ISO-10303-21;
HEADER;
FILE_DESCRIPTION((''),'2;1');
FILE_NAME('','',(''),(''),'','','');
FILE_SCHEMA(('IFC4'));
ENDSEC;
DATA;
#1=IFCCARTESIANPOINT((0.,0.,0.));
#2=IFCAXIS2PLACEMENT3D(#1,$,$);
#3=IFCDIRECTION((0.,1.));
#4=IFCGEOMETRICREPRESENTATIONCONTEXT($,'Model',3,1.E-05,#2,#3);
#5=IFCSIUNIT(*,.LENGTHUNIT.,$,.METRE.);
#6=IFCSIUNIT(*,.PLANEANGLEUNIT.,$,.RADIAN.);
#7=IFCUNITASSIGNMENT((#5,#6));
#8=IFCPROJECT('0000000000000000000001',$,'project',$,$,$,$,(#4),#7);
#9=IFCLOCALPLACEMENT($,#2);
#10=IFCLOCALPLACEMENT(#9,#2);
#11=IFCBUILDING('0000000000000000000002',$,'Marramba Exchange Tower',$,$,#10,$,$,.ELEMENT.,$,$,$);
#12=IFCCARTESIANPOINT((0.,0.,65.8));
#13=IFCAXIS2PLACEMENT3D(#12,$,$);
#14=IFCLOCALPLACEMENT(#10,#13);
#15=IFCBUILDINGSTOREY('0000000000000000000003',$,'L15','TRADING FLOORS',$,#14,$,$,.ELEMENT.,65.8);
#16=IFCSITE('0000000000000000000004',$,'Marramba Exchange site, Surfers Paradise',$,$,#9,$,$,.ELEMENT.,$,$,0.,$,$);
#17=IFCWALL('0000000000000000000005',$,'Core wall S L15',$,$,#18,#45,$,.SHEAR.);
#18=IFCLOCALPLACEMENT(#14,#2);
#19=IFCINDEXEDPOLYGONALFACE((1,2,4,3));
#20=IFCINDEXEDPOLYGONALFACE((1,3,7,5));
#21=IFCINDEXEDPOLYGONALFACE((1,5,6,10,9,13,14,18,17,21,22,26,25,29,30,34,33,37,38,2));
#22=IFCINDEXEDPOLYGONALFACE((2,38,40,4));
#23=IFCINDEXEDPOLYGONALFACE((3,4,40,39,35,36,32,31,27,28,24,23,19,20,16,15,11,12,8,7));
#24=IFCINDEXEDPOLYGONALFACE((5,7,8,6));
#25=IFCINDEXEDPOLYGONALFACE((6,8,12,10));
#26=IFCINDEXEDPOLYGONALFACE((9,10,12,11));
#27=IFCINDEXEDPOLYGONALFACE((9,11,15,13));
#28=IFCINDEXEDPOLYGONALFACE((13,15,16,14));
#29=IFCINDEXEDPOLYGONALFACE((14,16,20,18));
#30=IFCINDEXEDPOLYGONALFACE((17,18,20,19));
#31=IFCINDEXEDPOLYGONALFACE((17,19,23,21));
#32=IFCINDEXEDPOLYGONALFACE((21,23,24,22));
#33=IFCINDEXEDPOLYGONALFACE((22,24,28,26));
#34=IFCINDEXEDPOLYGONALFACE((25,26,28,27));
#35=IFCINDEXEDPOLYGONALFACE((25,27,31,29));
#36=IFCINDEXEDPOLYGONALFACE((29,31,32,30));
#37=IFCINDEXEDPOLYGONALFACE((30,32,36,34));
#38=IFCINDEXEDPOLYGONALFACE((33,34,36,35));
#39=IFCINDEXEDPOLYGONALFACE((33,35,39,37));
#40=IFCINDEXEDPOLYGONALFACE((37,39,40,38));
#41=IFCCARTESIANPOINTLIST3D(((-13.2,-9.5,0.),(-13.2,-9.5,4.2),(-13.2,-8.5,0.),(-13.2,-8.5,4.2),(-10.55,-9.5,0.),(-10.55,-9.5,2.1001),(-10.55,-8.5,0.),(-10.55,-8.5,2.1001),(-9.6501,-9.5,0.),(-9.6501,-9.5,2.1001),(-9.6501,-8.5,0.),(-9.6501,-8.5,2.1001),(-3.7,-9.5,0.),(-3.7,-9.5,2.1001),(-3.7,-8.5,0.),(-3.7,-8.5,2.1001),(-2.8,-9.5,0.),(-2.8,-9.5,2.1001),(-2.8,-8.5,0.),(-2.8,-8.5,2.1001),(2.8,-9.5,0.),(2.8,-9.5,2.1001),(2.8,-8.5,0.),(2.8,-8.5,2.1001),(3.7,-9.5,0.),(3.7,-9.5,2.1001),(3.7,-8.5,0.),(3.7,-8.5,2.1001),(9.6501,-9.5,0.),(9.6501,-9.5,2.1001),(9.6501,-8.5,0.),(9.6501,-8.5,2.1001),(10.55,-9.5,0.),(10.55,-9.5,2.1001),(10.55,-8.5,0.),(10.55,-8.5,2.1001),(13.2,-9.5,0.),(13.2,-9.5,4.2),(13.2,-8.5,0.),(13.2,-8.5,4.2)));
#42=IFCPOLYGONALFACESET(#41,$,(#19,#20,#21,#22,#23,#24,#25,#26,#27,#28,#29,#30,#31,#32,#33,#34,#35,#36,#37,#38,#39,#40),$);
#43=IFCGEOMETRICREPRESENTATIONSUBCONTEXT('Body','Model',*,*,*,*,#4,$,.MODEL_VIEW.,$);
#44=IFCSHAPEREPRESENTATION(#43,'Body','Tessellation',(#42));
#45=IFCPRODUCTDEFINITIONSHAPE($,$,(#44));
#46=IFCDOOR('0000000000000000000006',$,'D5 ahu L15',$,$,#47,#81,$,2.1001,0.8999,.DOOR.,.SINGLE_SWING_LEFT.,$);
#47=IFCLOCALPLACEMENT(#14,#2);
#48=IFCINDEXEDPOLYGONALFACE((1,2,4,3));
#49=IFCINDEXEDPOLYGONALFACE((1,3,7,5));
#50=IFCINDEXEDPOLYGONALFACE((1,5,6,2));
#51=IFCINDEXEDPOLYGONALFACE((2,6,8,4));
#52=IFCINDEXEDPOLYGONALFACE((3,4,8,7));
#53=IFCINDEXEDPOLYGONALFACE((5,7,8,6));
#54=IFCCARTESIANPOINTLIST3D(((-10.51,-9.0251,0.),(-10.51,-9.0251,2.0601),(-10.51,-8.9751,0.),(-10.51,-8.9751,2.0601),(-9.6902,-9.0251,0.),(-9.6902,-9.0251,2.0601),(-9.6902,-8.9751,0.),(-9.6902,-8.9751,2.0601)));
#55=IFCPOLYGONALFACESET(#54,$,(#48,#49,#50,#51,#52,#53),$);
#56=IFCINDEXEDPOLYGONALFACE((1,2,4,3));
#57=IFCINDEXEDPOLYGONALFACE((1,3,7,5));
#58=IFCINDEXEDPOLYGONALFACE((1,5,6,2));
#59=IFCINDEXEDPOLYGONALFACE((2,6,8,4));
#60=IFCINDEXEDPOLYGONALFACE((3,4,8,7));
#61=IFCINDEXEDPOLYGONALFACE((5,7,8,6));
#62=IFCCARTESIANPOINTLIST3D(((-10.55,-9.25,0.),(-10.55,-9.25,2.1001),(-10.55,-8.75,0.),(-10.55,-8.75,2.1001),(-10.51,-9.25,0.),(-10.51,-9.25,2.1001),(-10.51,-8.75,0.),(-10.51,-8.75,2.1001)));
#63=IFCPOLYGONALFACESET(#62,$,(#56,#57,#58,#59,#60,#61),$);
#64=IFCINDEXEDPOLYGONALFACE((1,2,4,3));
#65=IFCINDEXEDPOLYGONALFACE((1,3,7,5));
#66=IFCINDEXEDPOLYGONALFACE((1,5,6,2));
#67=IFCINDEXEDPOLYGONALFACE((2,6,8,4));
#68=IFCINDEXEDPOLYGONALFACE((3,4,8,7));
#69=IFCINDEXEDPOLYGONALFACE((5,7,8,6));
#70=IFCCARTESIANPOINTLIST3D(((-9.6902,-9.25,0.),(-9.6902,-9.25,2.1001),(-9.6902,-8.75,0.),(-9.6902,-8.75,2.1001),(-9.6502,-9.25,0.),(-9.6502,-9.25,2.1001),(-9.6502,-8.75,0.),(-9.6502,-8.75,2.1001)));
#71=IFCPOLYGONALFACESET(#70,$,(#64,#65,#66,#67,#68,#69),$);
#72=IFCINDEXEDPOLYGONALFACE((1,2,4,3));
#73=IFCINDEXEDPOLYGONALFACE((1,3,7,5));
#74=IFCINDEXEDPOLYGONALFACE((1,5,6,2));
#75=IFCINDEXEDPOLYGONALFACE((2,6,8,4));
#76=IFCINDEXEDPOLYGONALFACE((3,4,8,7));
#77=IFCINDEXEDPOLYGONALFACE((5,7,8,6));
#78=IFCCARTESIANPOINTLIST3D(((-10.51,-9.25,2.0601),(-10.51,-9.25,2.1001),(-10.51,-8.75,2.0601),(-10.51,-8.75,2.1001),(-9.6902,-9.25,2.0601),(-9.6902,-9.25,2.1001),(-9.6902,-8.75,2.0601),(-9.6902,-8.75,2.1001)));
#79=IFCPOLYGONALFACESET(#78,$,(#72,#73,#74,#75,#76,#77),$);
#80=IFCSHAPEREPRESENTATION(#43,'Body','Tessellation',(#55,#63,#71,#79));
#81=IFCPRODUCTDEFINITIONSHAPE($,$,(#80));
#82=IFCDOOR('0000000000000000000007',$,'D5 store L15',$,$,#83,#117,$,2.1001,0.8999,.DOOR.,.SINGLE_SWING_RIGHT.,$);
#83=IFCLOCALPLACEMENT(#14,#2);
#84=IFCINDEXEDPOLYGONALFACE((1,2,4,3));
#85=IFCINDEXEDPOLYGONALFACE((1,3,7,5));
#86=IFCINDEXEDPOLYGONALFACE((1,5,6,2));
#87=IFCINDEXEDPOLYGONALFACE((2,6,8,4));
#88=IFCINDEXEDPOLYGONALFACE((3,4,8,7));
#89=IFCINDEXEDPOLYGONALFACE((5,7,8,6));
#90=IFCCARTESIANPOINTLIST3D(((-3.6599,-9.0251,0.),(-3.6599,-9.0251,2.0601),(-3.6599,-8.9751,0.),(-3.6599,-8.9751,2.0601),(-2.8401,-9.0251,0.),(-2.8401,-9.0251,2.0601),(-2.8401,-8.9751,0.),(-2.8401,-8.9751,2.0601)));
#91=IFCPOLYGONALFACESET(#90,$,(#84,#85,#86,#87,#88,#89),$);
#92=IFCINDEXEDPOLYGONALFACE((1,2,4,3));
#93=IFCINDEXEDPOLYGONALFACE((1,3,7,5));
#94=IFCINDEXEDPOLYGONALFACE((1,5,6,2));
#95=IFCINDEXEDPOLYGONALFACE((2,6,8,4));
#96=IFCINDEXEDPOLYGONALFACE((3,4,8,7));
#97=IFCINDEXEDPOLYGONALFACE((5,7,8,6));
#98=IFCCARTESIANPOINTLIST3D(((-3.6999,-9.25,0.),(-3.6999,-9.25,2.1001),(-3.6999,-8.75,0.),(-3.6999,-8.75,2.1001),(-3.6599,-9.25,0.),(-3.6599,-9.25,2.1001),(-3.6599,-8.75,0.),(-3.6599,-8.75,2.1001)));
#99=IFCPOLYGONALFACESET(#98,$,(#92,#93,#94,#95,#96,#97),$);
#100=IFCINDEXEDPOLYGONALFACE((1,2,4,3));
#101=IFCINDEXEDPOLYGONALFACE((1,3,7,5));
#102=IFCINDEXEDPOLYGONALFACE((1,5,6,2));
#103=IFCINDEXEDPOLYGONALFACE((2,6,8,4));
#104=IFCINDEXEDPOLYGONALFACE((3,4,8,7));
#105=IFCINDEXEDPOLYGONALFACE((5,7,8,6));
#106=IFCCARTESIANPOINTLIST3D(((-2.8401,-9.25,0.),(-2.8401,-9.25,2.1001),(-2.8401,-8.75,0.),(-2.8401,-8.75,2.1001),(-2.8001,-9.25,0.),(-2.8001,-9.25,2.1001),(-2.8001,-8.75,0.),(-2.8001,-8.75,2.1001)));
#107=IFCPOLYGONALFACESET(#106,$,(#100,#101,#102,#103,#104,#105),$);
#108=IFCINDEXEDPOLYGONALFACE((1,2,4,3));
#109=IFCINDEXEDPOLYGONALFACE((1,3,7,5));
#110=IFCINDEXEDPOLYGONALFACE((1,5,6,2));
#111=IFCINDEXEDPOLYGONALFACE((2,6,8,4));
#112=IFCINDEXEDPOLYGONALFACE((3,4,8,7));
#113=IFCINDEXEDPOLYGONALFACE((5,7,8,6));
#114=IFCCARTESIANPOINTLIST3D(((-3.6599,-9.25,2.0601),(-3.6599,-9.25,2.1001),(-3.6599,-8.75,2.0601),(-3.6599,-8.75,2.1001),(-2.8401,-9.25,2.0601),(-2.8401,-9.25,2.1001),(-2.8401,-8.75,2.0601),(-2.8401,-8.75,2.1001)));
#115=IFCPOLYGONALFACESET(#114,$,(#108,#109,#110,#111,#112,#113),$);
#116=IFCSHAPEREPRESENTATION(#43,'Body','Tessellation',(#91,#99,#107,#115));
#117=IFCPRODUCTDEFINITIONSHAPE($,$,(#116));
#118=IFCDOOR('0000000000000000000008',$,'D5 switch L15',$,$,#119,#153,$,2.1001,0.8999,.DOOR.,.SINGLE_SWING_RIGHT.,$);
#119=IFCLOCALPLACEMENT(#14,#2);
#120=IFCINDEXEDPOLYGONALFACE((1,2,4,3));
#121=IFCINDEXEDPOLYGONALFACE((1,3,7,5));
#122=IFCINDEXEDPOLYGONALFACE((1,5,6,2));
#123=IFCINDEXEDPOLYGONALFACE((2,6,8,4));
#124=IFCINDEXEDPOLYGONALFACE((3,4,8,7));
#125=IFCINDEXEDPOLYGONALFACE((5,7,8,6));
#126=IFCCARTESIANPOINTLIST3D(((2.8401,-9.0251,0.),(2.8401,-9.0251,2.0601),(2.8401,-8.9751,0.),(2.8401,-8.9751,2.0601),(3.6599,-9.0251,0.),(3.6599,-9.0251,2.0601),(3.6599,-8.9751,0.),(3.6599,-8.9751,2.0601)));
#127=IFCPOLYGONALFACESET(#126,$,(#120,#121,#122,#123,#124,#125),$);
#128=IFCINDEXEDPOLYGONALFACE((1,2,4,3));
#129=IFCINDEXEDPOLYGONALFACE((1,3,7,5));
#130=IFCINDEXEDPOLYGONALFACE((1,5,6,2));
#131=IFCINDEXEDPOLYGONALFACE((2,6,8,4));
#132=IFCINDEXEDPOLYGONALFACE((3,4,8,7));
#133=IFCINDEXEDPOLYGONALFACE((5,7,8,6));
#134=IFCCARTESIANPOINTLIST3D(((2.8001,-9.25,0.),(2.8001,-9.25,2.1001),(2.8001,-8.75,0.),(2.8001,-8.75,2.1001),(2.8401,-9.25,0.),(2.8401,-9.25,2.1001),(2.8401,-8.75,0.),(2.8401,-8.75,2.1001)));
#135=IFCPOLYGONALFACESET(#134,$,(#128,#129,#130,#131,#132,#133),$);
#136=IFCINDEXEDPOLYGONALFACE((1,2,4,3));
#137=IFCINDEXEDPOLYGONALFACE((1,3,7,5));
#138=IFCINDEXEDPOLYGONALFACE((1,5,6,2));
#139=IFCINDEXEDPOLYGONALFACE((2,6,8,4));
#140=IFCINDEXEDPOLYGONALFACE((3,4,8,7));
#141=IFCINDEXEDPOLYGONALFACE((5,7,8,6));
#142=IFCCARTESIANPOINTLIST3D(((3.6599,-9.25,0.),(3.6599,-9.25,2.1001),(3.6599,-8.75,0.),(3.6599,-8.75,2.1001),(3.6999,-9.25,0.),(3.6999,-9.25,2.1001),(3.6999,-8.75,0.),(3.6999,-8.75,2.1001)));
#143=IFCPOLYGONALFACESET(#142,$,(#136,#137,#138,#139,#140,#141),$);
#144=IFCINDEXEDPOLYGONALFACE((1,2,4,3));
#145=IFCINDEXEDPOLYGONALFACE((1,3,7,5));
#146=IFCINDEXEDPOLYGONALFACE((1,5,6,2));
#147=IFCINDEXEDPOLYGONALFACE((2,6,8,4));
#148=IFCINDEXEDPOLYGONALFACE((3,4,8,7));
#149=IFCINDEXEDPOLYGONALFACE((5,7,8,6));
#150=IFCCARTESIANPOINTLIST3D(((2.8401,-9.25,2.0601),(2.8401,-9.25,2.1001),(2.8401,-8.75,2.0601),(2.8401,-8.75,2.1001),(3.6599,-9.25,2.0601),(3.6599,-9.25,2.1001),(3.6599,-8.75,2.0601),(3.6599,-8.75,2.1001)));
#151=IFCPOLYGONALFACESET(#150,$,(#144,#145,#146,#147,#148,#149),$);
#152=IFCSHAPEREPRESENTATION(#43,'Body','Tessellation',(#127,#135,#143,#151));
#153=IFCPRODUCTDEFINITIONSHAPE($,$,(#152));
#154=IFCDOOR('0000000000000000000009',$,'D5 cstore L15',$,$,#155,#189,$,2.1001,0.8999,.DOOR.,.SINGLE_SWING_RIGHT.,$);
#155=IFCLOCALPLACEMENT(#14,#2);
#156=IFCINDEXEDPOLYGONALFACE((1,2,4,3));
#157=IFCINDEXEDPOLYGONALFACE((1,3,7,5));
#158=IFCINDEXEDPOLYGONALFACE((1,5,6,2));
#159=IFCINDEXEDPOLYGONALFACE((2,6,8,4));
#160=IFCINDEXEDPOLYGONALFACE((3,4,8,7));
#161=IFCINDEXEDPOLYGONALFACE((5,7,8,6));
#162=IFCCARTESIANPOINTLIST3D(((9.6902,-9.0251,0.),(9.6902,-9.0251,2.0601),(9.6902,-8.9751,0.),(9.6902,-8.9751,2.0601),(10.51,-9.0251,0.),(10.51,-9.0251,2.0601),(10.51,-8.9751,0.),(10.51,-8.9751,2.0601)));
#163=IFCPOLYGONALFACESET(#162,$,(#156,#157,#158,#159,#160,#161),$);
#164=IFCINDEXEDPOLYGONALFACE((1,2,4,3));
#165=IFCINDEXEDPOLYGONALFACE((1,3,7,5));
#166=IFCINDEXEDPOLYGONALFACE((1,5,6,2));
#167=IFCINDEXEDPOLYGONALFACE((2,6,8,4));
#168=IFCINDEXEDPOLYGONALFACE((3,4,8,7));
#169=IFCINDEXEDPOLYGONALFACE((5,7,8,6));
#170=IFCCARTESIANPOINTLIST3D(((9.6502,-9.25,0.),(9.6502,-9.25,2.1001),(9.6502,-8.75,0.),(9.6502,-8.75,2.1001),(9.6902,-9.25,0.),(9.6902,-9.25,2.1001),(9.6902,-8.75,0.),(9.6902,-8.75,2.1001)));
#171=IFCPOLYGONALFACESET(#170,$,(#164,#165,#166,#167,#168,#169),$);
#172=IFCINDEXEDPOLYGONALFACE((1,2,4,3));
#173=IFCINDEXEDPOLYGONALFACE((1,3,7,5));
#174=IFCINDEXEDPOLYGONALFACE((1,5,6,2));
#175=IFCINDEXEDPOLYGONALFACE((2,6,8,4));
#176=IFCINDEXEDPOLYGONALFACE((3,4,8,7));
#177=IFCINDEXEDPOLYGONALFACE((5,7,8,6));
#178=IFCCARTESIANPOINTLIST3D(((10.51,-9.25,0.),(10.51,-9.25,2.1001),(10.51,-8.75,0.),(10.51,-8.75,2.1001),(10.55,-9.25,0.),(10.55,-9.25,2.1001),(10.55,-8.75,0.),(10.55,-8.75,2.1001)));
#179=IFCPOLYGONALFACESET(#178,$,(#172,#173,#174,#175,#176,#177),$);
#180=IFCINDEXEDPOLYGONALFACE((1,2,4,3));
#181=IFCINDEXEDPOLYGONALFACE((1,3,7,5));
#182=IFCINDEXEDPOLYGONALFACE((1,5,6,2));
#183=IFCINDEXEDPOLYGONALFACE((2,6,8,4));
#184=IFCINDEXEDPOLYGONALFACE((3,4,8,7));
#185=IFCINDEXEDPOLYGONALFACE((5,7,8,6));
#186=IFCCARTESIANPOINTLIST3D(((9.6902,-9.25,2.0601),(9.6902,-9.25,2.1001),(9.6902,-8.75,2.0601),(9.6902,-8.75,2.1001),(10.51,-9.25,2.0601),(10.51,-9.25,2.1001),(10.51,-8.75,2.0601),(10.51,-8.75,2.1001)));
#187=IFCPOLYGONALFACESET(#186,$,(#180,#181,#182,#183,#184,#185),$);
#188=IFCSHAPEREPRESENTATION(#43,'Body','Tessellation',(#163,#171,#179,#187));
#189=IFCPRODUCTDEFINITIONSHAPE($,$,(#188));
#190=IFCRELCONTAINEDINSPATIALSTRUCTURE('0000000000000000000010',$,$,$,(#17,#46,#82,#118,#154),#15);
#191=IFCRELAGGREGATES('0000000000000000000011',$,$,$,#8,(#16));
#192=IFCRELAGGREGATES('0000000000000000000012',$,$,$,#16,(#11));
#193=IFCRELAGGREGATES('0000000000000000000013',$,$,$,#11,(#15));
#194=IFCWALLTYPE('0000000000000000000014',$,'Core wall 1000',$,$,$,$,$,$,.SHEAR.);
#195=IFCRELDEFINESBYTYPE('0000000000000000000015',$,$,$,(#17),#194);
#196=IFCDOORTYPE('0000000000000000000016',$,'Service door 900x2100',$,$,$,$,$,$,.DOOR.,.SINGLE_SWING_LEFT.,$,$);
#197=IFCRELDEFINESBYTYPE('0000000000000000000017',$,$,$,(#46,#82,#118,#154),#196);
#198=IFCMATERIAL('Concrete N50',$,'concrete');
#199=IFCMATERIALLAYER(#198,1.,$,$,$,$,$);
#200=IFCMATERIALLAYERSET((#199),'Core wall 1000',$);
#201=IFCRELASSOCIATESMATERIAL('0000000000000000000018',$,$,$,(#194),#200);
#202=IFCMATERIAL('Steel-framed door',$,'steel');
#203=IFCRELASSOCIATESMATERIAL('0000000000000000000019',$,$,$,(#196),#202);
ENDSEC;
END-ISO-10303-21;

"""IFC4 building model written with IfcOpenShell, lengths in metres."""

from ifc_helpers import new_model, si_unit, direction, frame, frame_2d, origin, place, context, subcontext, project, spatial, rectangle, extrude, material, layer, layer_set, type_object, element, fill, save


model = new_model("IFC4")

# Units and contexts
model_context = context("Model", 3, precision=1e-05, world=origin(), true_north=direction((0.0, 1.0)))
body_context = subcontext(model_context, "Body", "Model", "MODEL_VIEW")
ifc_project = project(units=[si_unit("LENGTHUNIT", "METRE"), si_unit("PLANEANGLEUNIT", "RADIAN")], contexts=[model_context])

# Site, building, storey
site_placement = place(None, origin())
site = spatial("IfcSite", under=ifc_project, at=site_placement, Name="Marramba Exchange site, Surfers Paradise", CompositionType="ELEMENT", RefElevation=0.0)
building_placement = place(site_placement, origin())
building = spatial("IfcBuilding", under=site, at=building_placement, Name="Marramba Exchange Tower", CompositionType="ELEMENT")
storey_placement = place(building_placement, frame((0.0, 0.0, 65.8)))
storey = spatial("IfcBuildingStorey", under=building, at=storey_placement, Name="L15", Description="TRADING FLOORS", CompositionType="ELEMENT", Elevation=65.8)

# Wall, openings, doors
ifc_material_1 = material(Name="Concrete N50", Category="concrete")
ifc_layer_1 = layer(ifc_material_1, 1.0)
ifc_layer_set_1 = layer_set([ifc_layer_1], Name="Core wall 1000")
wall_type_1 = type_object("IfcWallType", Name="Core wall 1000", PredefinedType="SHEAR", material=ifc_layer_set_1)
wall_1_placement = place(storey_placement, frame((-13.2, -9.0, 0.0), z_axis=(0.0, 0.0, 1.0), x_axis=(1.0, 0.0, 0.0)))
wall_1 = element("IfcWall", 1, at=wall_1_placement, inside=storey, type_object=wall_type_1, Name="Core wall S L15", PredefinedType="SHEAR", context=body_context, shape_type="SweptSolid", body=[
    extrude(rectangle(XDim=26.3999, YDim=1.0, at=frame_2d((13.2, 0.0))), origin(), (0.0, 0.0, 1.0), 4.2),
])
opening_1_placement = place(wall_1_placement, frame((2.6499, 0.0, 0.0)))
opening_1 = element("IfcOpeningElement", 2, at=opening_1_placement, cuts=wall_1, PredefinedType="OPENING", context=body_context, shape_type="SweptSolid", body=[
    extrude(rectangle(XDim=0.8999, YDim=2.1001, at=frame_2d((0.45, 1.05))), frame((0.0, 0.51, 0.0), z_axis=(0.0, -1.0, 0.0), x_axis=(1.0, 0.0, 0.0)), (0.0, 0.0, 1.0), 1.02),
])
opening_2_placement = place(wall_1_placement, frame((9.5, 0.0, 0.0)))
opening_2 = element("IfcOpeningElement", 3, at=opening_2_placement, cuts=wall_1, PredefinedType="OPENING", context=body_context, shape_type="SweptSolid", body=[
    extrude(rectangle(XDim=0.8999, YDim=2.1001, at=frame_2d((0.45, 1.05))), frame((0.0, 0.51, 0.0), z_axis=(0.0, -1.0, 0.0), x_axis=(1.0, 0.0, 0.0)), (0.0, 0.0, 1.0), 1.02),
])
opening_3_placement = place(wall_1_placement, frame((16.0, 0.0, 0.0)))
opening_3 = element("IfcOpeningElement", 4, at=opening_3_placement, cuts=wall_1, PredefinedType="OPENING", context=body_context, shape_type="SweptSolid", body=[
    extrude(rectangle(XDim=0.8999, YDim=2.1001, at=frame_2d((0.45, 1.05))), frame((0.0, 0.51, 0.0), z_axis=(0.0, -1.0, 0.0), x_axis=(1.0, 0.0, 0.0)), (0.0, 0.0, 1.0), 1.02),
])
opening_4_placement = place(wall_1_placement, frame((22.8501, 0.0, 0.0)))
opening_4 = element("IfcOpeningElement", 5, at=opening_4_placement, cuts=wall_1, PredefinedType="OPENING", context=body_context, shape_type="SweptSolid", body=[
    extrude(rectangle(XDim=0.8999, YDim=2.1001, at=frame_2d((0.45, 1.05))), frame((0.0, 0.51, 0.0), z_axis=(0.0, -1.0, 0.0), x_axis=(1.0, 0.0, 0.0)), (0.0, 0.0, 1.0), 1.02),
])
ifc_material_2 = material(Name="Steel-framed door", Category="steel")
door_type_1 = type_object("IfcDoorType", Name="Service door 900x2100", OperationType="SINGLE_SWING_LEFT", PredefinedType="DOOR", material=ifc_material_2)
door_1_placement = place(opening_1_placement, origin())
door_1 = element("IfcDoor", 6, at=door_1_placement, inside=storey, type_object=door_type_1, Name="D5 ahu L15", OperationType="SINGLE_SWING_LEFT", OverallHeight=2.1001, OverallWidth=0.8999, PredefinedType="DOOR", context=body_context, shape_type="SweptSolid", body=[
    extrude(rectangle(XDim=0.8198, YDim=2.0601, at=frame_2d((0.45, 1.03))), frame((0.0, 0.0249, 0.0), z_axis=(0.0, -1.0, 0.0), x_axis=(1.0, 0.0, 0.0)), (0.0, 0.0, 1.0), 0.05),
    extrude(rectangle(XDim=0.04, YDim=2.1001, at=frame_2d((0.02, 1.05))), frame((0.0, 0.25, 0.0), z_axis=(0.0, -1.0, 0.0), x_axis=(1.0, 0.0, 0.0)), (0.0, 0.0, 1.0), 0.5),
    extrude(rectangle(XDim=0.04, YDim=2.1001, at=frame_2d((0.8799, 1.05))), frame((0.0, 0.25, 0.0), z_axis=(0.0, -1.0, 0.0), x_axis=(1.0, 0.0, 0.0)), (0.0, 0.0, 1.0), 0.5),
    extrude(rectangle(XDim=0.8198, YDim=0.04, at=frame_2d((0.45, 2.0801))), frame((0.0, 0.25, 0.0), z_axis=(0.0, -1.0, 0.0), x_axis=(1.0, 0.0, 0.0)), (0.0, 0.0, 1.0), 0.5),
])
fill(opening_1, door_1)
door_2_placement = place(opening_2_placement, origin())
door_2 = element("IfcDoor", 7, at=door_2_placement, inside=storey, type_object=door_type_1, Name="D5 store L15", OperationType="SINGLE_SWING_RIGHT", OverallHeight=2.1001, OverallWidth=0.8999, PredefinedType="DOOR", context=body_context, shape_type="SweptSolid", body=[
    extrude(rectangle(XDim=0.8198, YDim=2.0601, at=frame_2d((0.45, 1.03))), frame((0.0, 0.0249, 0.0), z_axis=(0.0, -1.0, 0.0), x_axis=(1.0, 0.0, 0.0)), (0.0, 0.0, 1.0), 0.05),
    extrude(rectangle(XDim=0.04, YDim=2.1001, at=frame_2d((0.02, 1.05))), frame((0.0, 0.25, 0.0), z_axis=(0.0, -1.0, 0.0), x_axis=(1.0, 0.0, 0.0)), (0.0, 0.0, 1.0), 0.5),
    extrude(rectangle(XDim=0.04, YDim=2.1001, at=frame_2d((0.8799, 1.05))), frame((0.0, 0.25, 0.0), z_axis=(0.0, -1.0, 0.0), x_axis=(1.0, 0.0, 0.0)), (0.0, 0.0, 1.0), 0.5),
    extrude(rectangle(XDim=0.8198, YDim=0.04, at=frame_2d((0.45, 2.0801))), frame((0.0, 0.25, 0.0), z_axis=(0.0, -1.0, 0.0), x_axis=(1.0, 0.0, 0.0)), (0.0, 0.0, 1.0), 0.5),
])
fill(opening_2, door_2)
door_3_placement = place(opening_3_placement, origin())
door_3 = element("IfcDoor", 8, at=door_3_placement, inside=storey, type_object=door_type_1, Name="D5 switch L15", OperationType="SINGLE_SWING_RIGHT", OverallHeight=2.1001, OverallWidth=0.8999, PredefinedType="DOOR", context=body_context, shape_type="SweptSolid", body=[
    extrude(rectangle(XDim=0.8198, YDim=2.0601, at=frame_2d((0.45, 1.03))), frame((0.0, 0.0249, 0.0), z_axis=(0.0, -1.0, 0.0), x_axis=(1.0, 0.0, 0.0)), (0.0, 0.0, 1.0), 0.05),
    extrude(rectangle(XDim=0.04, YDim=2.1001, at=frame_2d((0.02, 1.05))), frame((0.0, 0.25, 0.0), z_axis=(0.0, -1.0, 0.0), x_axis=(1.0, 0.0, 0.0)), (0.0, 0.0, 1.0), 0.5),
    extrude(rectangle(XDim=0.04, YDim=2.1001, at=frame_2d((0.8799, 1.05))), frame((0.0, 0.25, 0.0), z_axis=(0.0, -1.0, 0.0), x_axis=(1.0, 0.0, 0.0)), (0.0, 0.0, 1.0), 0.5),
    extrude(rectangle(XDim=0.8198, YDim=0.04, at=frame_2d((0.45, 2.0801))), frame((0.0, 0.25, 0.0), z_axis=(0.0, -1.0, 0.0), x_axis=(1.0, 0.0, 0.0)), (0.0, 0.0, 1.0), 0.5),
])
fill(opening_3, door_3)
door_4_placement = place(opening_4_placement, origin())
door_4 = element("IfcDoor", 9, at=door_4_placement, inside=storey, type_object=door_type_1, Name="D5 cstore L15", OperationType="SINGLE_SWING_RIGHT", OverallHeight=2.1001, OverallWidth=0.8999, PredefinedType="DOOR", context=body_context, shape_type="SweptSolid", body=[
    extrude(rectangle(XDim=0.8198, YDim=2.0601, at=frame_2d((0.45, 1.03))), frame((0.0, 0.0249, 0.0), z_axis=(0.0, -1.0, 0.0), x_axis=(1.0, 0.0, 0.0)), (0.0, 0.0, 1.0), 0.05),
    extrude(rectangle(XDim=0.04, YDim=2.1001, at=frame_2d((0.02, 1.05))), frame((0.0, 0.25, 0.0), z_axis=(0.0, -1.0, 0.0), x_axis=(1.0, 0.0, 0.0)), (0.0, 0.0, 1.0), 0.5),
    extrude(rectangle(XDim=0.04, YDim=2.1001, at=frame_2d((0.8799, 1.05))), frame((0.0, 0.25, 0.0), z_axis=(0.0, -1.0, 0.0), x_axis=(1.0, 0.0, 0.0)), (0.0, 0.0, 1.0), 0.5),
    extrude(rectangle(XDim=0.8198, YDim=0.04, at=frame_2d((0.45, 2.0801))), frame((0.0, 0.25, 0.0), z_axis=(0.0, -1.0, 0.0), x_axis=(1.0, 0.0, 0.0)), (0.0, 0.0, 1.0), 0.5),
])
fill(opening_4, door_4)

save(model, "model.ifc")
